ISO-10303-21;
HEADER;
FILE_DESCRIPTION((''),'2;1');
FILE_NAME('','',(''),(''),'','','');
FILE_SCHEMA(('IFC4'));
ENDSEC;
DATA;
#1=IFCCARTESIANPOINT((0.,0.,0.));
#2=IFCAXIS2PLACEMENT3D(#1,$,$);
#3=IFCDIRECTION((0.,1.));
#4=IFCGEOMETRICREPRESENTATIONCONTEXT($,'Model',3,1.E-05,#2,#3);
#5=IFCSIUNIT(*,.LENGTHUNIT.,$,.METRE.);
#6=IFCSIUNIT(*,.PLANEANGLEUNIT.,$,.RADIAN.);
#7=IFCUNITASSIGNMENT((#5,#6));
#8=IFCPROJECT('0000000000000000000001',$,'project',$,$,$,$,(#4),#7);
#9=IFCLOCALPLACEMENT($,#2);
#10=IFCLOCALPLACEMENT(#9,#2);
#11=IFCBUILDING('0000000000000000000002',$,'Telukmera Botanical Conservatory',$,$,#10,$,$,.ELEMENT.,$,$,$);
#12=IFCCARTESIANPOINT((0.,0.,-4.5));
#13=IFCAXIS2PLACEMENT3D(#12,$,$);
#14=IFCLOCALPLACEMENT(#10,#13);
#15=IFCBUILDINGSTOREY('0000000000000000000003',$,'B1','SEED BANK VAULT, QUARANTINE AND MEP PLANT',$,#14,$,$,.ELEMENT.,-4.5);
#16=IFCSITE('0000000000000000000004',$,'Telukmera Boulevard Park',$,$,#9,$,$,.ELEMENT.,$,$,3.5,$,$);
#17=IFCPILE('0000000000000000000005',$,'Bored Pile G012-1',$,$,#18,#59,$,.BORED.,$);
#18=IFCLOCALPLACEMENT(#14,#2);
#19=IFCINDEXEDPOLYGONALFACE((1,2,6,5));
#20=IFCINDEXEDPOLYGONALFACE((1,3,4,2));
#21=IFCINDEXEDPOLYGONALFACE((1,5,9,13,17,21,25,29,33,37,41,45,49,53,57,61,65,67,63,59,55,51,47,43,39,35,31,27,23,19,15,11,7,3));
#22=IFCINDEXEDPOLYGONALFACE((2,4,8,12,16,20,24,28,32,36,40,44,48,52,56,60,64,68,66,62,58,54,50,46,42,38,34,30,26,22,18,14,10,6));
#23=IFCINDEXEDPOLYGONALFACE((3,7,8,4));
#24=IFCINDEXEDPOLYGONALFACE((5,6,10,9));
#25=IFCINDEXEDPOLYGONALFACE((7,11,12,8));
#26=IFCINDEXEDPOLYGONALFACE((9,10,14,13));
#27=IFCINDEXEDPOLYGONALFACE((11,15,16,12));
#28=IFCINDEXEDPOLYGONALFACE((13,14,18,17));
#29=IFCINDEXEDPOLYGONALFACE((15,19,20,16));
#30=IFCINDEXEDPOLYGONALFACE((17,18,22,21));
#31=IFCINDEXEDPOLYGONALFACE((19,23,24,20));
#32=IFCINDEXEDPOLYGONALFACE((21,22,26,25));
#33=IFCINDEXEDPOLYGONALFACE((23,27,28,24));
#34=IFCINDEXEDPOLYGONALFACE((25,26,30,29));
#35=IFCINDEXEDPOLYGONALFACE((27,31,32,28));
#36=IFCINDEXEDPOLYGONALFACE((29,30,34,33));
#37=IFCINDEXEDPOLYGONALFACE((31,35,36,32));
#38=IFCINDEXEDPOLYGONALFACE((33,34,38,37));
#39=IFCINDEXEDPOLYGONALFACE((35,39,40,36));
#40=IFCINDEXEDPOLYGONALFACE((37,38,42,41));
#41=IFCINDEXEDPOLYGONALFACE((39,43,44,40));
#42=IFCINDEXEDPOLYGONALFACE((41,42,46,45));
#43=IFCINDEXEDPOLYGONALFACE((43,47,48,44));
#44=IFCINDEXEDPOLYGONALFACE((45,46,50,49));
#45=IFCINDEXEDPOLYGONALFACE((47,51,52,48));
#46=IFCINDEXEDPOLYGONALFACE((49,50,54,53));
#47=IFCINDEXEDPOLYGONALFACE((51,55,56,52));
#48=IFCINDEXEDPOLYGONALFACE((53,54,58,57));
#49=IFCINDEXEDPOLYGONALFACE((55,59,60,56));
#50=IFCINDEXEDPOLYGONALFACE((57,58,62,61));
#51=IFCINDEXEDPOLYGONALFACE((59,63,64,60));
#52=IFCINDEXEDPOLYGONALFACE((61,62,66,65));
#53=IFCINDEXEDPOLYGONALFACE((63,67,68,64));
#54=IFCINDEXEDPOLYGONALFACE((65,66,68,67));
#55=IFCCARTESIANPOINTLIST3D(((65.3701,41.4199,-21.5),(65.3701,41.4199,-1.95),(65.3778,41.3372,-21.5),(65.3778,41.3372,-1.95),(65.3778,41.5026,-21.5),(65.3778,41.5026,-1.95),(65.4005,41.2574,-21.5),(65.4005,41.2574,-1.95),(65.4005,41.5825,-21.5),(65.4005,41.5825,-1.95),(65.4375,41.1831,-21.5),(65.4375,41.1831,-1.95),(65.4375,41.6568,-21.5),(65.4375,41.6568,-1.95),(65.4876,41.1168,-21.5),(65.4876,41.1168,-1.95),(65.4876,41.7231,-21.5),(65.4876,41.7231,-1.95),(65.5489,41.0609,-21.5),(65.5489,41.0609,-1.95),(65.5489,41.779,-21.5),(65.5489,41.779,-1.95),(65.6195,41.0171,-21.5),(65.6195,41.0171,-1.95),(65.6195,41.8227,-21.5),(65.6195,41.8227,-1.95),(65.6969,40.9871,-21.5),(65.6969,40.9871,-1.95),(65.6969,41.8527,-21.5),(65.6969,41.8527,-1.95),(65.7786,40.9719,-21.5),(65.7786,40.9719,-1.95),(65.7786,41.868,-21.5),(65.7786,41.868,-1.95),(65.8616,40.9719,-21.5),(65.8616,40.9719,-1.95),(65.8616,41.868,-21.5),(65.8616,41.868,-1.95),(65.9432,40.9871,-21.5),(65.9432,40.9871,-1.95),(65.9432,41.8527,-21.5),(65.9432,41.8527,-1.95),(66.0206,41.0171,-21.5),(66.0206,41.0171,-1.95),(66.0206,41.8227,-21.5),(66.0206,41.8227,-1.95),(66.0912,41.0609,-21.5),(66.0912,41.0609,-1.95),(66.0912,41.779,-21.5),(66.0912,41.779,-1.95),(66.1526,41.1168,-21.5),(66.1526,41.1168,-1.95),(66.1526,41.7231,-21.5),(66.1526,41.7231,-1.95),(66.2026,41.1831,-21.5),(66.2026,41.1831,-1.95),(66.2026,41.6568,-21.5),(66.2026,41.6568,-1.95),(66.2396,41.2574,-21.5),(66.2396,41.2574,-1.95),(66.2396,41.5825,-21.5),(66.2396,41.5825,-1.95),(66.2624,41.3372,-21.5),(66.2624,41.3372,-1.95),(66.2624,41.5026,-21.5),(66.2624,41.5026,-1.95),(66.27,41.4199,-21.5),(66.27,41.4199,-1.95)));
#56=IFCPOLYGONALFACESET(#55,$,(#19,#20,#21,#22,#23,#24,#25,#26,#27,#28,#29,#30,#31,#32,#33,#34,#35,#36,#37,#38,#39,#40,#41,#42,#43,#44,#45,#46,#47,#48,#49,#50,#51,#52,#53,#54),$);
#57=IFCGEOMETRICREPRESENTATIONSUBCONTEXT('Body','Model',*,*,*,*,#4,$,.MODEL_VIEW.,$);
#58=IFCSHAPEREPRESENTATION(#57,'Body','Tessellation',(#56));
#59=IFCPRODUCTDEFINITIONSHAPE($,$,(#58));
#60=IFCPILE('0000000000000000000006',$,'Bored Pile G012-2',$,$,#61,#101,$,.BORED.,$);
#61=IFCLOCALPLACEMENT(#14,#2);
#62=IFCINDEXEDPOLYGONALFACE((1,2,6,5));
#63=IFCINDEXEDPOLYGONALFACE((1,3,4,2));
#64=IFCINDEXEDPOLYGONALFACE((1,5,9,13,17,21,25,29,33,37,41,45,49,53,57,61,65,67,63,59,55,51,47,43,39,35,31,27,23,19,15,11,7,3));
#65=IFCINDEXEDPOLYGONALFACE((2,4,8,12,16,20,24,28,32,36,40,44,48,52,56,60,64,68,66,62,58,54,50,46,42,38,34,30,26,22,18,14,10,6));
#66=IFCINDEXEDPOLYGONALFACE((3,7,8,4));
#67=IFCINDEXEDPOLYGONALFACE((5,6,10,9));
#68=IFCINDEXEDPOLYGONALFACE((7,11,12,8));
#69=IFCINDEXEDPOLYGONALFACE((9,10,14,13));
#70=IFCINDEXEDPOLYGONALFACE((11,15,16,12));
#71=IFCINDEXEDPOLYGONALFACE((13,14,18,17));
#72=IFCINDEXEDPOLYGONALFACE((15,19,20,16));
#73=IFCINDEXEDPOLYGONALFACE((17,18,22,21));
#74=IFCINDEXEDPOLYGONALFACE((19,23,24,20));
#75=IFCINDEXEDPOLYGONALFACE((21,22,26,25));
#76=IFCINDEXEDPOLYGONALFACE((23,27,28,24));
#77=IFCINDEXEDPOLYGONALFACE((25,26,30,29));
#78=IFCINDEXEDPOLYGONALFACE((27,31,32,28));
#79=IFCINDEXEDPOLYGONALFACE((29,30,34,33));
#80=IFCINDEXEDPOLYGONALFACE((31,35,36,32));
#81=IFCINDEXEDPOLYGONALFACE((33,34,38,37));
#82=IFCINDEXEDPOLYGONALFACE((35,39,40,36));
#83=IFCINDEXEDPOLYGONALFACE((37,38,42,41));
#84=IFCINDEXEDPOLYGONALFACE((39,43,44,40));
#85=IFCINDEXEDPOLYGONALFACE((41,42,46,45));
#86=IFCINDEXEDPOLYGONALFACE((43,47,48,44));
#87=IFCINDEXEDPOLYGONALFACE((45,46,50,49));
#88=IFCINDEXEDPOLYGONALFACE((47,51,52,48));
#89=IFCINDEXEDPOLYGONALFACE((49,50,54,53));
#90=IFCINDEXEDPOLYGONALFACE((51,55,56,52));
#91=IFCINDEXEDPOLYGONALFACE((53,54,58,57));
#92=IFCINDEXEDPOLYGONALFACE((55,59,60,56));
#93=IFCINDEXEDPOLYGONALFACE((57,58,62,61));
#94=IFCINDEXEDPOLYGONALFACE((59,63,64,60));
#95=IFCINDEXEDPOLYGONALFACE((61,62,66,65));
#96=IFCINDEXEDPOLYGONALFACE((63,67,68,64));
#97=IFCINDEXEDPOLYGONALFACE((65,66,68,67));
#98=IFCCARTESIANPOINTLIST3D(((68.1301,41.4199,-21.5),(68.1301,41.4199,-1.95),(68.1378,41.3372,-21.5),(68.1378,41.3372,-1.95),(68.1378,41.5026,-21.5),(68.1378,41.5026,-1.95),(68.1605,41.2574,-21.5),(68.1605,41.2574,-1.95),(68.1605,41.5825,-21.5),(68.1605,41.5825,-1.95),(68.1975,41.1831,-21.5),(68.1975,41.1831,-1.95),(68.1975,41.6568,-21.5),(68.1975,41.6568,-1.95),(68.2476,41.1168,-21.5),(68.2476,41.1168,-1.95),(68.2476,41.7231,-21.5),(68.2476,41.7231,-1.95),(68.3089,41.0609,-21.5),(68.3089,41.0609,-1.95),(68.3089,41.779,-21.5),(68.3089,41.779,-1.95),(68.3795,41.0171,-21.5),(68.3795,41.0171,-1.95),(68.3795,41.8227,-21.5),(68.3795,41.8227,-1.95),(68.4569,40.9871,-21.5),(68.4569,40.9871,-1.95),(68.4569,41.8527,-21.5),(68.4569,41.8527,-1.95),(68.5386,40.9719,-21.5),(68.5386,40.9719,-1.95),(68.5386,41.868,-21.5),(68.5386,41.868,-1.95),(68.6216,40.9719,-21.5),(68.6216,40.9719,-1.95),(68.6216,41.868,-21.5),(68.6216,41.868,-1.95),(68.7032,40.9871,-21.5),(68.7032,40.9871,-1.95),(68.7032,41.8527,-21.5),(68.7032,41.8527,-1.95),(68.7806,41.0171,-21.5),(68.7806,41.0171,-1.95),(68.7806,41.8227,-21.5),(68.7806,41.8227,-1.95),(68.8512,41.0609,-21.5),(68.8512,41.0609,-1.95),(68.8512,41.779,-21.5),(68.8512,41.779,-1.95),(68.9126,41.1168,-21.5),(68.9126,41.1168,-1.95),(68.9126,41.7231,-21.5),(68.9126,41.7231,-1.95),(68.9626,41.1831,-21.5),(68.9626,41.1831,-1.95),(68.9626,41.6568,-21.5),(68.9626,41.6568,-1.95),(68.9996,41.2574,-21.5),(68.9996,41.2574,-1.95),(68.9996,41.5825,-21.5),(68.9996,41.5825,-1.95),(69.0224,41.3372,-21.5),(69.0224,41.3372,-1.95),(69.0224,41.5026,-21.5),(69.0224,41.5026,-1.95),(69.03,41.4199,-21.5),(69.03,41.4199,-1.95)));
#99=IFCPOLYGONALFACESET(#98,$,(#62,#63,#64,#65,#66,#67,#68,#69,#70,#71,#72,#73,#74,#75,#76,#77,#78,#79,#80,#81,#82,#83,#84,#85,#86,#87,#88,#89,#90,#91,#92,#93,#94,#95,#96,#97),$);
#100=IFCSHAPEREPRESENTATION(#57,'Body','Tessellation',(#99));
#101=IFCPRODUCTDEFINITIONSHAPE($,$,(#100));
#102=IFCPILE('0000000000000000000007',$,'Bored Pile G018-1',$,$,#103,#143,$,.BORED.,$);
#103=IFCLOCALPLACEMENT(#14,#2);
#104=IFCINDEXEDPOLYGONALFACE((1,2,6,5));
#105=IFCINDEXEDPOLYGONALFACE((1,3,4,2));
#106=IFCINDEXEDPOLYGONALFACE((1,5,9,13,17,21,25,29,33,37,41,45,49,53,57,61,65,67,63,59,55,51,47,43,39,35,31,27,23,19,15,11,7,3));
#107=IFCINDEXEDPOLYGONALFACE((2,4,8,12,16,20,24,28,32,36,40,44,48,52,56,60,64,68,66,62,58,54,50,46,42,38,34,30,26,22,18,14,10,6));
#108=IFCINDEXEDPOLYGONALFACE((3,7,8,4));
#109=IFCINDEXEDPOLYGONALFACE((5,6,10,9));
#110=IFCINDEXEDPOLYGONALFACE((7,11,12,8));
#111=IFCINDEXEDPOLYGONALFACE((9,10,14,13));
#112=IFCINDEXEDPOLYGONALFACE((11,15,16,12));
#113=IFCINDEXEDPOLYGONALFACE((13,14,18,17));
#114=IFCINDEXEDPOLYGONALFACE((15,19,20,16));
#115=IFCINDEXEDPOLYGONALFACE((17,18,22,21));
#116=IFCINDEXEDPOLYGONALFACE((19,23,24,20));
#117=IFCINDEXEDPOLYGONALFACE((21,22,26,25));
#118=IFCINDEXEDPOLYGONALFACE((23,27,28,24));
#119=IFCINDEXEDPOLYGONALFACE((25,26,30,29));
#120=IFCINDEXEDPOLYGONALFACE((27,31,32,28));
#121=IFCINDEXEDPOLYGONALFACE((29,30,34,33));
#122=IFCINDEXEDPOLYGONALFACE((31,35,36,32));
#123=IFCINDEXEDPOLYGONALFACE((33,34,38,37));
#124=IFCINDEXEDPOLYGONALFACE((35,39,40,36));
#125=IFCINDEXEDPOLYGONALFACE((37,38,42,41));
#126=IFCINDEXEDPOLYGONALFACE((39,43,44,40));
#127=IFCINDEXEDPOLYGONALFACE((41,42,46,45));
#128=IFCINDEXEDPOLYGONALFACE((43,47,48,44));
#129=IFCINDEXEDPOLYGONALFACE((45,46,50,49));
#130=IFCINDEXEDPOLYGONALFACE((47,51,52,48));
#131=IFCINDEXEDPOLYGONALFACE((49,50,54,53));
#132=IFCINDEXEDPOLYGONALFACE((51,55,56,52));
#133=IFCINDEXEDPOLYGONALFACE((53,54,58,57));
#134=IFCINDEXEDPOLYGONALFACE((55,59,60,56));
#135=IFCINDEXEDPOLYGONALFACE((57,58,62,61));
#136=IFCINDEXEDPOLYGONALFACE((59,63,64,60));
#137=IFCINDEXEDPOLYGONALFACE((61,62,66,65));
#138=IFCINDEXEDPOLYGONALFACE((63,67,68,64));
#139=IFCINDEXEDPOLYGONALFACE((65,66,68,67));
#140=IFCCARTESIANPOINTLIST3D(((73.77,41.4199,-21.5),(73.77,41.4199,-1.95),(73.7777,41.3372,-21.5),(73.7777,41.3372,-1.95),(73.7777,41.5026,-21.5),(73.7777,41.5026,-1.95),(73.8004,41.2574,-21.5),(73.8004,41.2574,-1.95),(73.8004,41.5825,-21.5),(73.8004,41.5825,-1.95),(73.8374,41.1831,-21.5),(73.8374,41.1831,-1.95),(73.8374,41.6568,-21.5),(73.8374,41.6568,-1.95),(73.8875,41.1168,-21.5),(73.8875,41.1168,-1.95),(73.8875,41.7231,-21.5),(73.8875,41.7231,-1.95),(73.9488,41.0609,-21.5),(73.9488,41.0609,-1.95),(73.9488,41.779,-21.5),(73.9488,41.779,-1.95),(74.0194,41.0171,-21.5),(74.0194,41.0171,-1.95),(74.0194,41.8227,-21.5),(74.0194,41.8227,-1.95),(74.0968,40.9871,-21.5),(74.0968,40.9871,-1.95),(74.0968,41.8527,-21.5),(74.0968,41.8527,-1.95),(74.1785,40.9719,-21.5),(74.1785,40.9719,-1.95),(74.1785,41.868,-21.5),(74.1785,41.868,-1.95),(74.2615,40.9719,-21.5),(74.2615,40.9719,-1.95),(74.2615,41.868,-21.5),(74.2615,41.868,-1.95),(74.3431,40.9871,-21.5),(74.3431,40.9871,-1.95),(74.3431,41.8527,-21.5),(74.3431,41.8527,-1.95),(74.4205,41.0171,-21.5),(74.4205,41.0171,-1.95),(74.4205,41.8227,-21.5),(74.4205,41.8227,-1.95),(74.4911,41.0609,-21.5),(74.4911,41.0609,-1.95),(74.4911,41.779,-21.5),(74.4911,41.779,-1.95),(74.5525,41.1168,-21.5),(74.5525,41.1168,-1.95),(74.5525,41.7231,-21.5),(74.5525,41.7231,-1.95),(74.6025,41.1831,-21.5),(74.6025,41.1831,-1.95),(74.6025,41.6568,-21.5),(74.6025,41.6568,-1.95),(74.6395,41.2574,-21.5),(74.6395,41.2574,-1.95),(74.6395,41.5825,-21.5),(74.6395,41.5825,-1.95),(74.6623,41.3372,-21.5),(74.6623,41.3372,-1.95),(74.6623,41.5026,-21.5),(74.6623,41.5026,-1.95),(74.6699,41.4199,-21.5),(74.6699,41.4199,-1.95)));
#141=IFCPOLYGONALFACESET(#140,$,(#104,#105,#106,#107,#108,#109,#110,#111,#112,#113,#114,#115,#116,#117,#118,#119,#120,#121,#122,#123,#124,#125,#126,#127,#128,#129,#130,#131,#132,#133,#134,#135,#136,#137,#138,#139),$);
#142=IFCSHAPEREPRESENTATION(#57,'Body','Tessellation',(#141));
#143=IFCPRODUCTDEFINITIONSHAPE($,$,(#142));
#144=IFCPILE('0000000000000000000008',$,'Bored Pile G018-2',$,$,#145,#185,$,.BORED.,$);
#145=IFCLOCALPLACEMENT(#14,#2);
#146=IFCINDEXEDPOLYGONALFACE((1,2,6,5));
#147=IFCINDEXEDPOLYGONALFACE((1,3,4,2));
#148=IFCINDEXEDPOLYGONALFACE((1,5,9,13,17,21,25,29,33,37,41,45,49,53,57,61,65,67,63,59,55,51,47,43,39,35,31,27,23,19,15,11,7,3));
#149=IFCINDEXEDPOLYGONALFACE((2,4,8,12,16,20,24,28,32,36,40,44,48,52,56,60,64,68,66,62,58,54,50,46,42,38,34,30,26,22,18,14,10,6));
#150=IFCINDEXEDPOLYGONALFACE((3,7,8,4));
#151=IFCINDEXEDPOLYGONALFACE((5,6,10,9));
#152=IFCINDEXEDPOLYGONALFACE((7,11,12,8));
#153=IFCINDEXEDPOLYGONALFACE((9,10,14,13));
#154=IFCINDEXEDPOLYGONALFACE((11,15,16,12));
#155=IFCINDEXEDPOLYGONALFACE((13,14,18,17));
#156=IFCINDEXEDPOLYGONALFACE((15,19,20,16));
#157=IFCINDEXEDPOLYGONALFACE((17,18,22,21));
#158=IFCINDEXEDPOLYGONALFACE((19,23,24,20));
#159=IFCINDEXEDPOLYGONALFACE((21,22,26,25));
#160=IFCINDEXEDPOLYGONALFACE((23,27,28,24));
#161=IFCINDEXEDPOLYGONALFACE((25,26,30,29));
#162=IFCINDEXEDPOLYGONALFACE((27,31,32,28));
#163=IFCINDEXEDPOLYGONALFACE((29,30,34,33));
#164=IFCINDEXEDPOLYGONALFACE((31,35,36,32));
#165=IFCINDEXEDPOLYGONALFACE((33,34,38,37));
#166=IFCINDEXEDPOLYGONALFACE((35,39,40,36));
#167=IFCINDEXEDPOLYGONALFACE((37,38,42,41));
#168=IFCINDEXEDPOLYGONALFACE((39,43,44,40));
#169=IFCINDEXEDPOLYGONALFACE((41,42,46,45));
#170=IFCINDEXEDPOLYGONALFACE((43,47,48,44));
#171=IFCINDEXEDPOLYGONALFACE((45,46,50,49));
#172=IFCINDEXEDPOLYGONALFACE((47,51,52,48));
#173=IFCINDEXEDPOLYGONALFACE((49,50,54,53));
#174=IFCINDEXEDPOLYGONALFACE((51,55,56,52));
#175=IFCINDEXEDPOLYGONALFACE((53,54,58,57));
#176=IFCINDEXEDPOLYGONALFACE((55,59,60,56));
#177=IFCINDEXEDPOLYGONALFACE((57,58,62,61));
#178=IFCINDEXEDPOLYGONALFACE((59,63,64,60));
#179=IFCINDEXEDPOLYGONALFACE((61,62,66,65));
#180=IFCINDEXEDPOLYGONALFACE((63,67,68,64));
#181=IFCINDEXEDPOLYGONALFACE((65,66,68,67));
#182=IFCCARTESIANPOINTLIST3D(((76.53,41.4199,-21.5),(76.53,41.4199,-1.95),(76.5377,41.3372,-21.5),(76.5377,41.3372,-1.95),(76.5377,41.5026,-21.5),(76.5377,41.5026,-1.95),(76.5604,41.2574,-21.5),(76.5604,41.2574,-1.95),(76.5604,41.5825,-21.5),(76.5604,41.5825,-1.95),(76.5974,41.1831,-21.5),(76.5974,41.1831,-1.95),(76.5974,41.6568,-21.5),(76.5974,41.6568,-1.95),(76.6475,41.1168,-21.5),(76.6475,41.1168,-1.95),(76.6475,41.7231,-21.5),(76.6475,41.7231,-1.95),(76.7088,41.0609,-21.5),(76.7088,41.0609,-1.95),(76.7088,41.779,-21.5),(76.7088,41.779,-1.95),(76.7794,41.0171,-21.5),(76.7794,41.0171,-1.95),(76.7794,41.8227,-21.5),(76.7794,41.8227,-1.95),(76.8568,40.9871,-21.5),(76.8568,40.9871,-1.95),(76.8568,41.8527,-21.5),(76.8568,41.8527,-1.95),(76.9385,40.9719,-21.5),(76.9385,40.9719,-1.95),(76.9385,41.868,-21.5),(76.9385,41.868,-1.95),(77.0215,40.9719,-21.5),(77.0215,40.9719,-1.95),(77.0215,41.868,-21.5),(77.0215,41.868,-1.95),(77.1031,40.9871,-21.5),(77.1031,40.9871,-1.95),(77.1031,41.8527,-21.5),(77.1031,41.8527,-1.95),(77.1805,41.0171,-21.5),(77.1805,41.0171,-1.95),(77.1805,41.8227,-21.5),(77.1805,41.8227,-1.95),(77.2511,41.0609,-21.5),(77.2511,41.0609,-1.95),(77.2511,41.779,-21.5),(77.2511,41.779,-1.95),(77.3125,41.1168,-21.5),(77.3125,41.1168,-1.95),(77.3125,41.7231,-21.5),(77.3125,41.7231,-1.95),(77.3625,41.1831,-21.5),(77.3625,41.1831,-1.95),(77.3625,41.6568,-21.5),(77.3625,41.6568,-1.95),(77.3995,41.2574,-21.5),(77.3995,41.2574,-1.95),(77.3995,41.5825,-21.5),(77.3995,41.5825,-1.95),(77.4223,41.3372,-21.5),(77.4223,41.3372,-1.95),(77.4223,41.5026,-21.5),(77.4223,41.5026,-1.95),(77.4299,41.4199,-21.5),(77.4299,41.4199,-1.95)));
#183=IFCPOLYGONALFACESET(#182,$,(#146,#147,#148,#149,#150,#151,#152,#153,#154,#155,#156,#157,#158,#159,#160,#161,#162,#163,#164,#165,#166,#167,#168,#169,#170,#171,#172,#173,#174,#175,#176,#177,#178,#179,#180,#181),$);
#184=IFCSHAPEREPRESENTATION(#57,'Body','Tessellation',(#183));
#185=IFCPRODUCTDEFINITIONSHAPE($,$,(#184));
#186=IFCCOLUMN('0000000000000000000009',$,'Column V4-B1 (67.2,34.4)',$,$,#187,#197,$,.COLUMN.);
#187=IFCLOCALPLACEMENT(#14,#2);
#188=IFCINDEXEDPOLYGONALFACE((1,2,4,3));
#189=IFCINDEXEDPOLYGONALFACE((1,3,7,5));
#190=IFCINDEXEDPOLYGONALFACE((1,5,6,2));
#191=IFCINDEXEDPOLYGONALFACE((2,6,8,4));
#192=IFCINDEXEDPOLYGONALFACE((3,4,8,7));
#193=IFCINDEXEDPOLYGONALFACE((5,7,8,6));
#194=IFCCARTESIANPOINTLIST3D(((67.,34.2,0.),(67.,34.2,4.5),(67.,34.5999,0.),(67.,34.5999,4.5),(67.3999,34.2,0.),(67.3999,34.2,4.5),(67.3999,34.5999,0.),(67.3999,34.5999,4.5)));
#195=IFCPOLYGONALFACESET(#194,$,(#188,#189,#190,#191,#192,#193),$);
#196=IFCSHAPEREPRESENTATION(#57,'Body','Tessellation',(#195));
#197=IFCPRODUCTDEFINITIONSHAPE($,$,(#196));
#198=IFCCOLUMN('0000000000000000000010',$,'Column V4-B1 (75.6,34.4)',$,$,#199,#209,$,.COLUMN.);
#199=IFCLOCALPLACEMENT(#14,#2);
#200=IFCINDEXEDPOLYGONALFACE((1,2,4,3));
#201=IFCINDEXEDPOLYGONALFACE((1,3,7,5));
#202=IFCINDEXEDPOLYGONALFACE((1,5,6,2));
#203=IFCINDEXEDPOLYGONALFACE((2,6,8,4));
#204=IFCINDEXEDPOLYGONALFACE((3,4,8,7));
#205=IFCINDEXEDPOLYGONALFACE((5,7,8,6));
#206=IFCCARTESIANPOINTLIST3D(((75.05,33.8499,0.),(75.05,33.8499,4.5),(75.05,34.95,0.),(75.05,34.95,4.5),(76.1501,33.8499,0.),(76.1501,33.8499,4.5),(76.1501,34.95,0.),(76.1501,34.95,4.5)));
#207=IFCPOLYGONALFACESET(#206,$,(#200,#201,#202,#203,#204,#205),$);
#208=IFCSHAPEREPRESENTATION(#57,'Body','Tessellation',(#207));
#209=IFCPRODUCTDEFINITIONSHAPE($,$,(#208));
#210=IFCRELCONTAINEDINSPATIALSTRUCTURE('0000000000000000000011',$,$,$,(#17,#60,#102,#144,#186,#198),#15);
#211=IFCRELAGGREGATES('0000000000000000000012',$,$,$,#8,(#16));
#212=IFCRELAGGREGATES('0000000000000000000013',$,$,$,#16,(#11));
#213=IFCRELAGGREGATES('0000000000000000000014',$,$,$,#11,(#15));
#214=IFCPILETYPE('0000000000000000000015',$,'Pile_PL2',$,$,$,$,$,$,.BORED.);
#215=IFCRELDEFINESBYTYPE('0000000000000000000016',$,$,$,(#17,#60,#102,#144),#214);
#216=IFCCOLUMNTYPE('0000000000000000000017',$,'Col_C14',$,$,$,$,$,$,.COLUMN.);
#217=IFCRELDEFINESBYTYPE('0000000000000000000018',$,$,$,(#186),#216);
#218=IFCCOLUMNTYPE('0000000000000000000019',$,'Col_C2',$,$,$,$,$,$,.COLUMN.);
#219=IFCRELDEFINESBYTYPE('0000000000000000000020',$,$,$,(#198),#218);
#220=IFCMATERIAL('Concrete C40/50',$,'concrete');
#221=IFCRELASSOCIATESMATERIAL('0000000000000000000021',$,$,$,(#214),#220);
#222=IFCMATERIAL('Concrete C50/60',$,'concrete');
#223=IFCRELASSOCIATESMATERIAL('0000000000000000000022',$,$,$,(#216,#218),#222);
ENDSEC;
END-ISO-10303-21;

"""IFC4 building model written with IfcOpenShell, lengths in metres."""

from ifc_helpers import new_model, si_unit, direction, frame, origin, origin_2d, place, context, subcontext, project, spatial, rectangle, circle, extrude, material, material_profile, profile_set, type_object, element, save


model = new_model("IFC4")

# Units and contexts
model_context = context("Model", 3, precision=1e-05, world=origin(), true_north=direction((0.0, 1.0)))
body_context = subcontext(model_context, "Body", "Model", "MODEL_VIEW")
ifc_project = project(units=[si_unit("LENGTHUNIT", "METRE"), si_unit("PLANEANGLEUNIT", "RADIAN")], contexts=[model_context])

# Site, building, storey
site_placement = place(None, origin())
site = spatial("IfcSite", under=ifc_project, at=site_placement, Name="Telukmera Boulevard Park", CompositionType="ELEMENT", RefElevation=3.5)
building_placement = place(site_placement, origin())
building = spatial("IfcBuilding", under=site, at=building_placement, Name="Telukmera Botanical Conservatory", CompositionType="ELEMENT")
storey_placement = place(building_placement, frame((0.0, 0.0, -4.5)))
storey = spatial("IfcBuildingStorey", under=building, at=storey_placement, Name="B1", Description="SEED BANK VAULT, QUARANTINE AND MEP PLANT", CompositionType="ELEMENT", Elevation=-4.5)

# Shared definitions
ifc_material_1 = material(Name="Concrete C50/60", Category="concrete")
ifc_material_2 = material(Name="Concrete C40/50", Category="concrete")

# Piles
ifc_material_profile_1 = material_profile(ifc_material_2, circle(Radius=0.45, at=origin_2d()), Name="PILE D900")
ifc_profile_set_1 = profile_set([ifc_material_profile_1], Name="Concrete C40/50")
pile_type_1 = type_object("IfcPileType", Name="Pile_PL2", PredefinedType="BORED", material=ifc_profile_set_1)
for number, where, z_axis, x_axis, name in (
    (1, (65.8201, 41.4199, -1.95), (0.0, 0.0, -1.0), (1.0, 0.0, 0.0), "Bored Pile G012-1"),
    (2, (68.5801, 41.4199, -1.95), (0.0, 0.0, -1.0), (1.0, 0.0, 0.0), "Bored Pile G012-2"),
    (3, (74.22, 41.4199, -1.95), (0.0, 0.0, -1.0), (1.0, 0.0, 0.0), "Bored Pile G018-1"),
    (4, (76.98, 41.4199, -1.95), (0.0, 0.0, -1.0), (1.0, 0.0, 0.0), "Bored Pile G018-2"),
):
    element("IfcPile", number, at=place(storey_placement, frame(where, z_axis=z_axis, x_axis=x_axis)), inside=storey, type_object=pile_type_1, Name=name, PredefinedType="BORED", context=body_context, shape_type="SweptSolid", body=[
        extrude(circle(Radius=0.45, at=origin_2d()), origin(), (0.0, 0.0, 1.0), 19.55),
    ])

# Columns
ifc_material_profile_2 = material_profile(ifc_material_1, rectangle(XDim=0.3999, YDim=0.3999, at=origin_2d()), Name="RC 400x400")
ifc_profile_set_2 = profile_set([ifc_material_profile_2], Name="Concrete C50/60")
column_type_1 = type_object("IfcColumnType", Name="Col_C14", PredefinedType="COLUMN", material=ifc_profile_set_2)
column_1_placement = place(storey_placement, frame((67.2, 34.3999, 0.0), z_axis=(0.0, 0.0, 1.0), x_axis=(1.0, 0.0, 0.0)))
element("IfcColumn", 5, at=column_1_placement, inside=storey, type_object=column_type_1, Name="Column V4-B1 (67.2,34.4)", PredefinedType="COLUMN", context=body_context, shape_type="SweptSolid", body=[
    extrude(rectangle(XDim=0.3999, YDim=0.3999, at=origin_2d()), origin(), (0.0, 0.0, 1.0), 4.5),
])
ifc_material_profile_3 = material_profile(ifc_material_1, rectangle(XDim=1.1001, YDim=1.1001, at=origin_2d()), Name="RC 1100x1100")
ifc_profile_set_3 = profile_set([ifc_material_profile_3], Name="Concrete C50/60")
column_type_2 = type_object("IfcColumnType", Name="Col_C2", PredefinedType="COLUMN", material=ifc_profile_set_3)
column_2_placement = place(storey_placement, frame((75.6001, 34.3999, 0.0), z_axis=(0.0, 0.0, 1.0), x_axis=(1.0, 0.0, 0.0)))
element("IfcColumn", 6, at=column_2_placement, inside=storey, type_object=column_type_2, Name="Column V4-B1 (75.6,34.4)", PredefinedType="COLUMN", context=body_context, shape_type="SweptSolid", body=[
    extrude(rectangle(XDim=1.1001, YDim=1.1001, at=origin_2d()), origin(), (0.0, 0.0, 1.0), 4.5),
])

save(model, "model.ifc")
